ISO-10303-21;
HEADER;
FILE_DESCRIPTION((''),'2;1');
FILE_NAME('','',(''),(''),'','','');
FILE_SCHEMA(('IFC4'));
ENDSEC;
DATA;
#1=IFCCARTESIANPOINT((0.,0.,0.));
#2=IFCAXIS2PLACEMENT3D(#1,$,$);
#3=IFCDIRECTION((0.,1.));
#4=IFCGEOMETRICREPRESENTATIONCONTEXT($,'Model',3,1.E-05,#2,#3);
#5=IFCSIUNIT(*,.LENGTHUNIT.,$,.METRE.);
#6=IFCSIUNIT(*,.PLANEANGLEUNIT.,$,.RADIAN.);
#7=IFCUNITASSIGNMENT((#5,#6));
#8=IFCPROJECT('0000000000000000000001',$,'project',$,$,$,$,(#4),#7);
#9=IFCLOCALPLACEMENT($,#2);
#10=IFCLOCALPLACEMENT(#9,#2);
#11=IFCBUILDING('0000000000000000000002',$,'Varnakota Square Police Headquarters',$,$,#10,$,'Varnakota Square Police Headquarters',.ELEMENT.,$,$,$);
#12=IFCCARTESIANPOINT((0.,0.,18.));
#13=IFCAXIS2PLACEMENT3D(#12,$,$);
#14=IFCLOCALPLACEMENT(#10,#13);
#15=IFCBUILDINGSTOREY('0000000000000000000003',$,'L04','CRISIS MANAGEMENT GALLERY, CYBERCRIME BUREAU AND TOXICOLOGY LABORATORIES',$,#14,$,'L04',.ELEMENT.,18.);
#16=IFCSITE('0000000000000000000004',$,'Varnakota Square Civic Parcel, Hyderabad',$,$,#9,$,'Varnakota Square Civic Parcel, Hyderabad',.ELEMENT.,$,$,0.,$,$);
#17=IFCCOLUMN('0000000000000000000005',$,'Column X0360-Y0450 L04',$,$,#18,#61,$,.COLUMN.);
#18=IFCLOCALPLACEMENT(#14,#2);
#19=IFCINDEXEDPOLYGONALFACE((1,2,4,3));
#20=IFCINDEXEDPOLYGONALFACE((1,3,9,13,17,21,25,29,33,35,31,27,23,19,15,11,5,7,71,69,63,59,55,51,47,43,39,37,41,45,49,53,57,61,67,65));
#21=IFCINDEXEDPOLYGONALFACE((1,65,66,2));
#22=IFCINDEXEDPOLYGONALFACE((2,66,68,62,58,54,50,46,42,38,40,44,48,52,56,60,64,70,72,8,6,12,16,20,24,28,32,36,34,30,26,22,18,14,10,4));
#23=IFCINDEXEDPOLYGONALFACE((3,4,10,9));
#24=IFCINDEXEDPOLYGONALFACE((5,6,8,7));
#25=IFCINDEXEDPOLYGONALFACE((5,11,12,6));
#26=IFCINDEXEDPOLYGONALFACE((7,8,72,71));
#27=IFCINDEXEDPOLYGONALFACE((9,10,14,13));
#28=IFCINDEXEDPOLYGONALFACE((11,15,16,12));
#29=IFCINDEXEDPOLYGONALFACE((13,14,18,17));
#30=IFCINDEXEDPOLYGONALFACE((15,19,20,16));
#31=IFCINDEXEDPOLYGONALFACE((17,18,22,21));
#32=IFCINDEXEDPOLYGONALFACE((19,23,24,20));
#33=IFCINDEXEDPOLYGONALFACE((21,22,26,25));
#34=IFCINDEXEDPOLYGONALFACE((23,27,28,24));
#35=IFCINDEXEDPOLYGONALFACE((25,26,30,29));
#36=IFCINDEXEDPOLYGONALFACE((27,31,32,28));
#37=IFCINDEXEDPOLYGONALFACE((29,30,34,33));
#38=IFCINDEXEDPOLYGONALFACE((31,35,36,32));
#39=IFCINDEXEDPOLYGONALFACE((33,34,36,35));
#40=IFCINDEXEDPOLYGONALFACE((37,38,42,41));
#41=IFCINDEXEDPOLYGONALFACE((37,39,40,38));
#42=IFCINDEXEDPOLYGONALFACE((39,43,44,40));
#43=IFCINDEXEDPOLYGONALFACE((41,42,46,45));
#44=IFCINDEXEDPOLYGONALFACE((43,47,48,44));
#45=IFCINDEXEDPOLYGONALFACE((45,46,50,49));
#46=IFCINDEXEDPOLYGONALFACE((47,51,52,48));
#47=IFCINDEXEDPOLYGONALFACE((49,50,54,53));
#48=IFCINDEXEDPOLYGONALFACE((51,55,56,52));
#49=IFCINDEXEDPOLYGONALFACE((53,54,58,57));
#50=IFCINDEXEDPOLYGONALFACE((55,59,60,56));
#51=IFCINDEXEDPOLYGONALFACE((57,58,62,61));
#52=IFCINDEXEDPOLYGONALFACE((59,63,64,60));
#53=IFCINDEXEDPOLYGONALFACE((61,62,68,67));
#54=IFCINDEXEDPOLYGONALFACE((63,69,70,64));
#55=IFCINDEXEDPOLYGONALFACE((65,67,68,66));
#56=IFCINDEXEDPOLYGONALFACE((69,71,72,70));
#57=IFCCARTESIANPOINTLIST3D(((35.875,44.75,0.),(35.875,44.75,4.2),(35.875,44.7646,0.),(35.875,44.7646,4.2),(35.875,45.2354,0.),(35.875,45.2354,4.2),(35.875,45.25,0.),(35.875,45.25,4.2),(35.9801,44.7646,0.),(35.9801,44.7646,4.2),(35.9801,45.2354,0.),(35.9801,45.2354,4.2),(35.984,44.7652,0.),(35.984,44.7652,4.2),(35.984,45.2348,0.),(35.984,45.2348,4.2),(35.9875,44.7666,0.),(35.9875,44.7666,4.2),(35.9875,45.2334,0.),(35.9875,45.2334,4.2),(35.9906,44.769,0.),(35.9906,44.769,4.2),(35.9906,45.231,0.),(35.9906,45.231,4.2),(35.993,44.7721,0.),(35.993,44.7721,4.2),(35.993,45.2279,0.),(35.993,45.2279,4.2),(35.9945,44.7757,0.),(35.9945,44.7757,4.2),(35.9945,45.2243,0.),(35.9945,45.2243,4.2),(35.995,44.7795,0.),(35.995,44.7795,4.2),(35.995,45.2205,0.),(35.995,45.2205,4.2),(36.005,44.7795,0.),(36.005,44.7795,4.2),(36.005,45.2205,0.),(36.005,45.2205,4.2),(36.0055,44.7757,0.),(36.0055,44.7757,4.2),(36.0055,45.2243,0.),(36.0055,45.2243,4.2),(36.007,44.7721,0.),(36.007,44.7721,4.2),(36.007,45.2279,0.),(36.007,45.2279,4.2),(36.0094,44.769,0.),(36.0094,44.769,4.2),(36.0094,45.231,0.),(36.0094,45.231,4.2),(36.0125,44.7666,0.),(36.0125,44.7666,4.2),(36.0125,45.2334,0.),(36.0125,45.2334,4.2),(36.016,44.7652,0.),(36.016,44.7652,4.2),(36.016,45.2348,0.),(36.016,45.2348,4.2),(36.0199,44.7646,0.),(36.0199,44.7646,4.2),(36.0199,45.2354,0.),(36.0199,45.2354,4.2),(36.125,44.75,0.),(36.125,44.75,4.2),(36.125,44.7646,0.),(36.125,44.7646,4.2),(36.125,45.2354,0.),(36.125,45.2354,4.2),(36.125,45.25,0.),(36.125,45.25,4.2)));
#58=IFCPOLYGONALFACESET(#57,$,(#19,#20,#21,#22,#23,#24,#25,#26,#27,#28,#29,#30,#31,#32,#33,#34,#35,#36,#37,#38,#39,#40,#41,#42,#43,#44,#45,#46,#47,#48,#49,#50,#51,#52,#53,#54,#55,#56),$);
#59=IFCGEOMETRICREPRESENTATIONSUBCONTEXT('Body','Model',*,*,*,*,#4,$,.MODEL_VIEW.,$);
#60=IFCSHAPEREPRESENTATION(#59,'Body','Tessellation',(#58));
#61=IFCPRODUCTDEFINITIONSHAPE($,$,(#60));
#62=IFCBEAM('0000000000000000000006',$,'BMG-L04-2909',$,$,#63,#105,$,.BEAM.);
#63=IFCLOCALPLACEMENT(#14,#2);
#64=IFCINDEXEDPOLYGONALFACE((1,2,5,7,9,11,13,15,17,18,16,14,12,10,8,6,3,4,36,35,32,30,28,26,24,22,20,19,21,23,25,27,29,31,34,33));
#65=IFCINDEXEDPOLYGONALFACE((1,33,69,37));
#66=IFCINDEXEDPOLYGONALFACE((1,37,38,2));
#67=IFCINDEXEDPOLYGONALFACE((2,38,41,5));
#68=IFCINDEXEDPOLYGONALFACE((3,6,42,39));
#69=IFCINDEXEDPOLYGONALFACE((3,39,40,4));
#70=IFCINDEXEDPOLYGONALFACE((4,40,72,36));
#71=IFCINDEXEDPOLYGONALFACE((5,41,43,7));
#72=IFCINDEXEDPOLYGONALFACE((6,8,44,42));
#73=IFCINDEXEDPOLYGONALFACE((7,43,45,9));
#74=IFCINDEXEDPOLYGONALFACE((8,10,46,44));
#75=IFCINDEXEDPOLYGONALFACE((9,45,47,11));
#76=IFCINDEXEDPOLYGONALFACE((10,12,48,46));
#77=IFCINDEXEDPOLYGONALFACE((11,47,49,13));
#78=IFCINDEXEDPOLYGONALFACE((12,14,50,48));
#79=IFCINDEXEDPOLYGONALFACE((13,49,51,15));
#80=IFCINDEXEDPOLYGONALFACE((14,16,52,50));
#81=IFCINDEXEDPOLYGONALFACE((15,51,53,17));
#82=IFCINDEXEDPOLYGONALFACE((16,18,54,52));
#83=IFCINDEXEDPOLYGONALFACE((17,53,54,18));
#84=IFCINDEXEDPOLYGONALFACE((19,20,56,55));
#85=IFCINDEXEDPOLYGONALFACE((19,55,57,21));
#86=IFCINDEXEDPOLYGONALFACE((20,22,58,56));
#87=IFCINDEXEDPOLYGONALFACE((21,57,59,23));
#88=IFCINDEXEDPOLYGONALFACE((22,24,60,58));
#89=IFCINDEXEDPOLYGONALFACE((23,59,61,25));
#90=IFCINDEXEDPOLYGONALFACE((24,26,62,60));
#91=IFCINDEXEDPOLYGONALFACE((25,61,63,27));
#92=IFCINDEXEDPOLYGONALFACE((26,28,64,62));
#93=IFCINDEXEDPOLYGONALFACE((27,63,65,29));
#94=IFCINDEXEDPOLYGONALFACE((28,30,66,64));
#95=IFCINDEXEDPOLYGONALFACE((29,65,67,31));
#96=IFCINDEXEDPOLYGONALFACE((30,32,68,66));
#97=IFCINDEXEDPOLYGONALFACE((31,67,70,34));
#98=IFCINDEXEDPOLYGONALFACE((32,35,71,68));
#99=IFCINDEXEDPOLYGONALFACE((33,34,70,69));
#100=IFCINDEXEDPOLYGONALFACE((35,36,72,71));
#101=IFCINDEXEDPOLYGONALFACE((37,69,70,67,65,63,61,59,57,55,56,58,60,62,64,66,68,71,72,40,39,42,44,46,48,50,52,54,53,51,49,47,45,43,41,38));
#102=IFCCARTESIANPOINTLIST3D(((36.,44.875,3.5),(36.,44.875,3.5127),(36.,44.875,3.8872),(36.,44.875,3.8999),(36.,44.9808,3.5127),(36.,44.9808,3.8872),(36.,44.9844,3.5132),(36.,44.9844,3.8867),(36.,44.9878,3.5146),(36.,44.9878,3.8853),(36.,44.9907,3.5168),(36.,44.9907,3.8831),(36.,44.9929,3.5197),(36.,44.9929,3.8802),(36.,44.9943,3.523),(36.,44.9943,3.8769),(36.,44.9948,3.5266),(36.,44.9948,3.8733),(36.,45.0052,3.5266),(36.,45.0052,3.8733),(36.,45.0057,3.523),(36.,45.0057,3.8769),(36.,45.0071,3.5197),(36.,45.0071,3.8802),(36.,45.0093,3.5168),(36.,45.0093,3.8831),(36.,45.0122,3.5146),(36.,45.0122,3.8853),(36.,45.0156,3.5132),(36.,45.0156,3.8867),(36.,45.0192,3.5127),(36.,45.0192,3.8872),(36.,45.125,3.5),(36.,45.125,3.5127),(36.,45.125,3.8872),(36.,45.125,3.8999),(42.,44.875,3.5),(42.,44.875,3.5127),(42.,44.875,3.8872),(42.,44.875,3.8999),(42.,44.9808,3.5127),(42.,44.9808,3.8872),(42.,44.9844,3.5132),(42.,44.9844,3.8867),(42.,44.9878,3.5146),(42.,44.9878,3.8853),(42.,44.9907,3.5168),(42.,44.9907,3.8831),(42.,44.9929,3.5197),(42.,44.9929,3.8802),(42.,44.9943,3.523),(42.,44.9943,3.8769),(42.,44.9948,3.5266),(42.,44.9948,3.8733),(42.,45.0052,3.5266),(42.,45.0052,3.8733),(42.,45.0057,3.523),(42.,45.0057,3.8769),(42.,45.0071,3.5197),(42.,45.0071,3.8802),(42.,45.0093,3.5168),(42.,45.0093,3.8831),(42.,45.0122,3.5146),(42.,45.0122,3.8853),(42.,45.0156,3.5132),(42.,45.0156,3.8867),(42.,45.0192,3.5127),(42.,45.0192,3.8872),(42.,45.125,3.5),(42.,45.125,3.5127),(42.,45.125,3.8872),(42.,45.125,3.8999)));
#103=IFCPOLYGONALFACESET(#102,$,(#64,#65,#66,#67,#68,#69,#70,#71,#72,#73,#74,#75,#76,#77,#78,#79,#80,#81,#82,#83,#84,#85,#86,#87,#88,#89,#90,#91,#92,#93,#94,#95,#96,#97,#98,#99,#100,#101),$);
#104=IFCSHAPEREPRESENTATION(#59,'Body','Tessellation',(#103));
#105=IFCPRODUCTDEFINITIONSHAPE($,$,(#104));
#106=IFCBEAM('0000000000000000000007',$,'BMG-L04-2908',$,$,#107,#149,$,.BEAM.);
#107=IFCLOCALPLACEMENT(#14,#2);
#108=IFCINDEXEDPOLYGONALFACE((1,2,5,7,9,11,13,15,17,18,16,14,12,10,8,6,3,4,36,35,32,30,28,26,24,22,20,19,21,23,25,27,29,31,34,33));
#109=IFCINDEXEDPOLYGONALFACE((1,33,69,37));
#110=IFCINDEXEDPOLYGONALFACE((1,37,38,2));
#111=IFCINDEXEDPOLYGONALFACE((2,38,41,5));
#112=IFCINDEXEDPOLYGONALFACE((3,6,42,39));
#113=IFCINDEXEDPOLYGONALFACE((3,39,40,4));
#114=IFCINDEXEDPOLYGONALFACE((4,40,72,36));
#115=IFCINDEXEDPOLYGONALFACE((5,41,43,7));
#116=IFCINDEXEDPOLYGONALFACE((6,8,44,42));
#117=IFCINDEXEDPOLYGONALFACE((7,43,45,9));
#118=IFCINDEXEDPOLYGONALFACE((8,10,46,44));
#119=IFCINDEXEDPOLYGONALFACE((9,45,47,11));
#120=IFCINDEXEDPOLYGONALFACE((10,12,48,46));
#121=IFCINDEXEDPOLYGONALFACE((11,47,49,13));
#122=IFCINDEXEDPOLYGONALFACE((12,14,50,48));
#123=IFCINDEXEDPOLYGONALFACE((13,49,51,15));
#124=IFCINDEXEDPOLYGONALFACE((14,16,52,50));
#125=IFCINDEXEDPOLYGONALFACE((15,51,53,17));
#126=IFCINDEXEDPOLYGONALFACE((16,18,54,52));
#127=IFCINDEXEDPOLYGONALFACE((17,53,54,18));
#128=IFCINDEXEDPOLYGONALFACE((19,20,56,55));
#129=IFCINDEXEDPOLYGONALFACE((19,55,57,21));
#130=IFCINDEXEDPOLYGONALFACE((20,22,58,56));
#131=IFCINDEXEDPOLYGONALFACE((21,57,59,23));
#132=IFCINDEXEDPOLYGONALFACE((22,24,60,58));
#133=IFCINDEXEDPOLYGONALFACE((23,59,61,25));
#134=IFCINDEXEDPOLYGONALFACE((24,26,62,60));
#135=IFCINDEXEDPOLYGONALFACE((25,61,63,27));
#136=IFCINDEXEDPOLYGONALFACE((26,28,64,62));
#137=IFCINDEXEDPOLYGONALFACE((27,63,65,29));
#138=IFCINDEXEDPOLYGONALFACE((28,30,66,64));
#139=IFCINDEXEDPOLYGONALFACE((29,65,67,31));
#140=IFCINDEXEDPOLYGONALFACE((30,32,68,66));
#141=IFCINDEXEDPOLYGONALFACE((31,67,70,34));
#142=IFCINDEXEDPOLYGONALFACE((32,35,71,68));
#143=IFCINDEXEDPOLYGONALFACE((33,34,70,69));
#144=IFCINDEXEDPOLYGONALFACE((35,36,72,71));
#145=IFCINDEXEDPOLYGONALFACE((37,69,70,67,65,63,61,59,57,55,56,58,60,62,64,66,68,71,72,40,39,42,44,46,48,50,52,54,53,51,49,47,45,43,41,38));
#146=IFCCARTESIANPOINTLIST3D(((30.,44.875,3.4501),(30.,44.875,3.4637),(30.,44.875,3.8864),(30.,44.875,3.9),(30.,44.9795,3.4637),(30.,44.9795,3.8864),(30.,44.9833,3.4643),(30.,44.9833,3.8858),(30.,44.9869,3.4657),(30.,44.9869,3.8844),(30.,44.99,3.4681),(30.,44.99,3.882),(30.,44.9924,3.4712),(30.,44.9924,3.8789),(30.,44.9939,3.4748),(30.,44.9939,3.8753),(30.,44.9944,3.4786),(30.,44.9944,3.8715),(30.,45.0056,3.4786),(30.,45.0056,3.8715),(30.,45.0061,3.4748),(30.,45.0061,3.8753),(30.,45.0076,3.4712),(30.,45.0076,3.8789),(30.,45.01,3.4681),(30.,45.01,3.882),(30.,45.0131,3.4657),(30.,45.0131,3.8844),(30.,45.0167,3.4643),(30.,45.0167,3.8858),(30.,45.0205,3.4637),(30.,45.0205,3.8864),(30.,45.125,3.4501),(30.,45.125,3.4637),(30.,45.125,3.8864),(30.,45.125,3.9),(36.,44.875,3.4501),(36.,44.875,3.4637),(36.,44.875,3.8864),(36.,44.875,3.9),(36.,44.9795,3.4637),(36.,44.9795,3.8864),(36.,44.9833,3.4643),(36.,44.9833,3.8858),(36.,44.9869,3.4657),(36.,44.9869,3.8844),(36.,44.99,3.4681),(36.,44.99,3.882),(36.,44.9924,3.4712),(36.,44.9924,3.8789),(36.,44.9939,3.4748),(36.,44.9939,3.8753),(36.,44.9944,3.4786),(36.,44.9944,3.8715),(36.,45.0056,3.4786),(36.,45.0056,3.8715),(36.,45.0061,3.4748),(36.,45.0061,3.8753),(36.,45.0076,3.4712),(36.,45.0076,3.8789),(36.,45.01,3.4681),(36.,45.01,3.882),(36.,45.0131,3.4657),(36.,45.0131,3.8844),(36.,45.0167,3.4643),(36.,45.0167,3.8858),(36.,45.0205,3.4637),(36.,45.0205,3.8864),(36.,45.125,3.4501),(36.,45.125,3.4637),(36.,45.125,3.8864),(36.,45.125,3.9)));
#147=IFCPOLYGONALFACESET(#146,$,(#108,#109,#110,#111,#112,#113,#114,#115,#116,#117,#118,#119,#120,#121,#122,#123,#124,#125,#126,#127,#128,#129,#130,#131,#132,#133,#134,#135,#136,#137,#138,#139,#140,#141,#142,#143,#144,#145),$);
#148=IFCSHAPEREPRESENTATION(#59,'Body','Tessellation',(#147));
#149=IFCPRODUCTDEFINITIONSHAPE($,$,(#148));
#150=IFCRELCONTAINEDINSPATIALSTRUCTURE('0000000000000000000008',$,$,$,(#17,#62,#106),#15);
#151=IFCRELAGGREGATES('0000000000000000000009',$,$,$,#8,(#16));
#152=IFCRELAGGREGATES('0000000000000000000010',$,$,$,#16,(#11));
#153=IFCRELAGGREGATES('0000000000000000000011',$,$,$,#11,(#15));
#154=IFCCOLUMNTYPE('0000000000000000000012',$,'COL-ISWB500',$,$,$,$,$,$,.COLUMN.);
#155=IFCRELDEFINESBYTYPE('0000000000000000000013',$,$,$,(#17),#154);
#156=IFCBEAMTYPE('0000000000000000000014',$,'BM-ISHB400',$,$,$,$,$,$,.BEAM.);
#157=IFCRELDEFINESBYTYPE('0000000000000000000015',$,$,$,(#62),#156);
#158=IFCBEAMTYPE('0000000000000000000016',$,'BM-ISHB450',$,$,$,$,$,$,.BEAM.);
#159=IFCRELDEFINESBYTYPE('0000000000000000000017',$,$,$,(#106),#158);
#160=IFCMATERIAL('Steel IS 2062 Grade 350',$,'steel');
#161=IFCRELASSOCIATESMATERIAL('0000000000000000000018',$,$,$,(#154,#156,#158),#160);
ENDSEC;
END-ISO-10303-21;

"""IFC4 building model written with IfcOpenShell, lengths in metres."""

from ifc_helpers import new_model, si_unit, direction, frame, origin, origin_2d, place, context, subcontext, project, spatial, i_section, extrude, material, material_profile, profile_set, type_object, element, save


model = new_model("IFC4")

# Units and contexts
model_context = context("Model", 3, precision=1e-05, world=origin(), true_north=direction((0.0, 1.0)))
body_context = subcontext(model_context, "Body", "Model", "MODEL_VIEW")
ifc_project = project(units=[si_unit("LENGTHUNIT", "METRE"), si_unit("PLANEANGLEUNIT", "RADIAN")], contexts=[model_context])

# Site, building, storey
site_placement = place(None, origin())
site = spatial("IfcSite", under=ifc_project, at=site_placement, Name="Varnakota Square Civic Parcel, Hyderabad", LongName="Varnakota Square Civic Parcel, Hyderabad", CompositionType="ELEMENT", RefElevation=0.0)
building_placement = place(site_placement, origin())
building = spatial("IfcBuilding", under=site, at=building_placement, Name="Varnakota Square Police Headquarters", LongName="Varnakota Square Police Headquarters", CompositionType="ELEMENT")
storey_placement = place(building_placement, frame((0.0, 0.0, 18.0)))
storey = spatial("IfcBuildingStorey", under=building, at=storey_placement, Name="L04", Description="CRISIS MANAGEMENT GALLERY, CYBERCRIME BUREAU AND TOXICOLOGY LABORATORIES", LongName="L04", CompositionType="ELEMENT", Elevation=18.0)

# Column
ifc_material_1 = material(Name="Steel IS 2062 Grade 350", Category="steel")
ifc_material_profile_1 = material_profile(ifc_material_1, i_section(OverallWidth=0.25, OverallDepth=0.5, WebThickness=0.01, FlangeThickness=0.0146, FilletRadius=0.0149, at=origin_2d()), Name="ISWB 500")
ifc_profile_set_1 = profile_set([ifc_material_profile_1], Name="Steel IS 2062 Grade 350")
column_type = type_object("IfcColumnType", Name="COL-ISWB500", PredefinedType="COLUMN", material=ifc_profile_set_1)
column_placement = place(storey_placement, frame((36.0, 45.0, 0.0), z_axis=(0.0, 0.0, 1.0), x_axis=(1.0, 0.0, 0.0)))
element("IfcColumn", 1, at=column_placement, inside=storey, type_object=column_type, Name="Column X0360-Y0450 L04", PredefinedType="COLUMN", context=body_context, shape_type="SweptSolid", body=[
    extrude(i_section(OverallWidth=0.25, OverallDepth=0.5, WebThickness=0.01, FlangeThickness=0.0146, FilletRadius=0.0149, at=origin_2d()), origin(), (0.0, 0.0, 1.0), 4.2),
])

# Beams
ifc_material_profile_2 = material_profile(ifc_material_1, i_section(OverallWidth=0.25, OverallDepth=0.3999, WebThickness=0.0105, FlangeThickness=0.0127, FilletRadius=0.0139, at=origin_2d()), Name="ISHB 400")
ifc_profile_set_2 = profile_set([ifc_material_profile_2], Name="Steel IS 2062 Grade 350")
beam_type_1 = type_object("IfcBeamType", Name="BM-ISHB400", PredefinedType="BEAM", material=ifc_profile_set_2)
beam_1_placement = place(storey_placement, frame((36.0, 45.0, 3.7), z_axis=(1.0, 0.0, 0.0), x_axis=(0.0, 1.0, 0.0)))
element("IfcBeam", 2, at=beam_1_placement, inside=storey, type_object=beam_type_1, Name="BMG-L04-2909", PredefinedType="BEAM", context=body_context, shape_type="SweptSolid", body=[
    extrude(i_section(OverallWidth=0.25, OverallDepth=0.3999, WebThickness=0.0105, FlangeThickness=0.0127, FilletRadius=0.0139, at=origin_2d()), origin(), (0.0, 0.0, 1.0), 6.0),
])
ifc_material_profile_3 = material_profile(ifc_material_1, i_section(OverallWidth=0.25, OverallDepth=0.45, WebThickness=0.0112, FlangeThickness=0.0137, FilletRadius=0.0149, at=origin_2d()), Name="ISHB 450")
ifc_profile_set_3 = profile_set([ifc_material_profile_3], Name="Steel IS 2062 Grade 350")
beam_type_2 = type_object("IfcBeamType", Name="BM-ISHB450", PredefinedType="BEAM", material=ifc_profile_set_3)
beam_2_placement = place(storey_placement, frame((30.0, 45.0, 3.675), z_axis=(1.0, 0.0, 0.0), x_axis=(0.0, 1.0, 0.0)))
element("IfcBeam", 3, at=beam_2_placement, inside=storey, type_object=beam_type_2, Name="BMG-L04-2908", PredefinedType="BEAM", context=body_context, shape_type="SweptSolid", body=[
    extrude(i_section(OverallWidth=0.25, OverallDepth=0.45, WebThickness=0.0112, FlangeThickness=0.0137, FilletRadius=0.0149, at=origin_2d()), origin(), (0.0, 0.0, 1.0), 6.0),
])

save(model, "model.ifc")
